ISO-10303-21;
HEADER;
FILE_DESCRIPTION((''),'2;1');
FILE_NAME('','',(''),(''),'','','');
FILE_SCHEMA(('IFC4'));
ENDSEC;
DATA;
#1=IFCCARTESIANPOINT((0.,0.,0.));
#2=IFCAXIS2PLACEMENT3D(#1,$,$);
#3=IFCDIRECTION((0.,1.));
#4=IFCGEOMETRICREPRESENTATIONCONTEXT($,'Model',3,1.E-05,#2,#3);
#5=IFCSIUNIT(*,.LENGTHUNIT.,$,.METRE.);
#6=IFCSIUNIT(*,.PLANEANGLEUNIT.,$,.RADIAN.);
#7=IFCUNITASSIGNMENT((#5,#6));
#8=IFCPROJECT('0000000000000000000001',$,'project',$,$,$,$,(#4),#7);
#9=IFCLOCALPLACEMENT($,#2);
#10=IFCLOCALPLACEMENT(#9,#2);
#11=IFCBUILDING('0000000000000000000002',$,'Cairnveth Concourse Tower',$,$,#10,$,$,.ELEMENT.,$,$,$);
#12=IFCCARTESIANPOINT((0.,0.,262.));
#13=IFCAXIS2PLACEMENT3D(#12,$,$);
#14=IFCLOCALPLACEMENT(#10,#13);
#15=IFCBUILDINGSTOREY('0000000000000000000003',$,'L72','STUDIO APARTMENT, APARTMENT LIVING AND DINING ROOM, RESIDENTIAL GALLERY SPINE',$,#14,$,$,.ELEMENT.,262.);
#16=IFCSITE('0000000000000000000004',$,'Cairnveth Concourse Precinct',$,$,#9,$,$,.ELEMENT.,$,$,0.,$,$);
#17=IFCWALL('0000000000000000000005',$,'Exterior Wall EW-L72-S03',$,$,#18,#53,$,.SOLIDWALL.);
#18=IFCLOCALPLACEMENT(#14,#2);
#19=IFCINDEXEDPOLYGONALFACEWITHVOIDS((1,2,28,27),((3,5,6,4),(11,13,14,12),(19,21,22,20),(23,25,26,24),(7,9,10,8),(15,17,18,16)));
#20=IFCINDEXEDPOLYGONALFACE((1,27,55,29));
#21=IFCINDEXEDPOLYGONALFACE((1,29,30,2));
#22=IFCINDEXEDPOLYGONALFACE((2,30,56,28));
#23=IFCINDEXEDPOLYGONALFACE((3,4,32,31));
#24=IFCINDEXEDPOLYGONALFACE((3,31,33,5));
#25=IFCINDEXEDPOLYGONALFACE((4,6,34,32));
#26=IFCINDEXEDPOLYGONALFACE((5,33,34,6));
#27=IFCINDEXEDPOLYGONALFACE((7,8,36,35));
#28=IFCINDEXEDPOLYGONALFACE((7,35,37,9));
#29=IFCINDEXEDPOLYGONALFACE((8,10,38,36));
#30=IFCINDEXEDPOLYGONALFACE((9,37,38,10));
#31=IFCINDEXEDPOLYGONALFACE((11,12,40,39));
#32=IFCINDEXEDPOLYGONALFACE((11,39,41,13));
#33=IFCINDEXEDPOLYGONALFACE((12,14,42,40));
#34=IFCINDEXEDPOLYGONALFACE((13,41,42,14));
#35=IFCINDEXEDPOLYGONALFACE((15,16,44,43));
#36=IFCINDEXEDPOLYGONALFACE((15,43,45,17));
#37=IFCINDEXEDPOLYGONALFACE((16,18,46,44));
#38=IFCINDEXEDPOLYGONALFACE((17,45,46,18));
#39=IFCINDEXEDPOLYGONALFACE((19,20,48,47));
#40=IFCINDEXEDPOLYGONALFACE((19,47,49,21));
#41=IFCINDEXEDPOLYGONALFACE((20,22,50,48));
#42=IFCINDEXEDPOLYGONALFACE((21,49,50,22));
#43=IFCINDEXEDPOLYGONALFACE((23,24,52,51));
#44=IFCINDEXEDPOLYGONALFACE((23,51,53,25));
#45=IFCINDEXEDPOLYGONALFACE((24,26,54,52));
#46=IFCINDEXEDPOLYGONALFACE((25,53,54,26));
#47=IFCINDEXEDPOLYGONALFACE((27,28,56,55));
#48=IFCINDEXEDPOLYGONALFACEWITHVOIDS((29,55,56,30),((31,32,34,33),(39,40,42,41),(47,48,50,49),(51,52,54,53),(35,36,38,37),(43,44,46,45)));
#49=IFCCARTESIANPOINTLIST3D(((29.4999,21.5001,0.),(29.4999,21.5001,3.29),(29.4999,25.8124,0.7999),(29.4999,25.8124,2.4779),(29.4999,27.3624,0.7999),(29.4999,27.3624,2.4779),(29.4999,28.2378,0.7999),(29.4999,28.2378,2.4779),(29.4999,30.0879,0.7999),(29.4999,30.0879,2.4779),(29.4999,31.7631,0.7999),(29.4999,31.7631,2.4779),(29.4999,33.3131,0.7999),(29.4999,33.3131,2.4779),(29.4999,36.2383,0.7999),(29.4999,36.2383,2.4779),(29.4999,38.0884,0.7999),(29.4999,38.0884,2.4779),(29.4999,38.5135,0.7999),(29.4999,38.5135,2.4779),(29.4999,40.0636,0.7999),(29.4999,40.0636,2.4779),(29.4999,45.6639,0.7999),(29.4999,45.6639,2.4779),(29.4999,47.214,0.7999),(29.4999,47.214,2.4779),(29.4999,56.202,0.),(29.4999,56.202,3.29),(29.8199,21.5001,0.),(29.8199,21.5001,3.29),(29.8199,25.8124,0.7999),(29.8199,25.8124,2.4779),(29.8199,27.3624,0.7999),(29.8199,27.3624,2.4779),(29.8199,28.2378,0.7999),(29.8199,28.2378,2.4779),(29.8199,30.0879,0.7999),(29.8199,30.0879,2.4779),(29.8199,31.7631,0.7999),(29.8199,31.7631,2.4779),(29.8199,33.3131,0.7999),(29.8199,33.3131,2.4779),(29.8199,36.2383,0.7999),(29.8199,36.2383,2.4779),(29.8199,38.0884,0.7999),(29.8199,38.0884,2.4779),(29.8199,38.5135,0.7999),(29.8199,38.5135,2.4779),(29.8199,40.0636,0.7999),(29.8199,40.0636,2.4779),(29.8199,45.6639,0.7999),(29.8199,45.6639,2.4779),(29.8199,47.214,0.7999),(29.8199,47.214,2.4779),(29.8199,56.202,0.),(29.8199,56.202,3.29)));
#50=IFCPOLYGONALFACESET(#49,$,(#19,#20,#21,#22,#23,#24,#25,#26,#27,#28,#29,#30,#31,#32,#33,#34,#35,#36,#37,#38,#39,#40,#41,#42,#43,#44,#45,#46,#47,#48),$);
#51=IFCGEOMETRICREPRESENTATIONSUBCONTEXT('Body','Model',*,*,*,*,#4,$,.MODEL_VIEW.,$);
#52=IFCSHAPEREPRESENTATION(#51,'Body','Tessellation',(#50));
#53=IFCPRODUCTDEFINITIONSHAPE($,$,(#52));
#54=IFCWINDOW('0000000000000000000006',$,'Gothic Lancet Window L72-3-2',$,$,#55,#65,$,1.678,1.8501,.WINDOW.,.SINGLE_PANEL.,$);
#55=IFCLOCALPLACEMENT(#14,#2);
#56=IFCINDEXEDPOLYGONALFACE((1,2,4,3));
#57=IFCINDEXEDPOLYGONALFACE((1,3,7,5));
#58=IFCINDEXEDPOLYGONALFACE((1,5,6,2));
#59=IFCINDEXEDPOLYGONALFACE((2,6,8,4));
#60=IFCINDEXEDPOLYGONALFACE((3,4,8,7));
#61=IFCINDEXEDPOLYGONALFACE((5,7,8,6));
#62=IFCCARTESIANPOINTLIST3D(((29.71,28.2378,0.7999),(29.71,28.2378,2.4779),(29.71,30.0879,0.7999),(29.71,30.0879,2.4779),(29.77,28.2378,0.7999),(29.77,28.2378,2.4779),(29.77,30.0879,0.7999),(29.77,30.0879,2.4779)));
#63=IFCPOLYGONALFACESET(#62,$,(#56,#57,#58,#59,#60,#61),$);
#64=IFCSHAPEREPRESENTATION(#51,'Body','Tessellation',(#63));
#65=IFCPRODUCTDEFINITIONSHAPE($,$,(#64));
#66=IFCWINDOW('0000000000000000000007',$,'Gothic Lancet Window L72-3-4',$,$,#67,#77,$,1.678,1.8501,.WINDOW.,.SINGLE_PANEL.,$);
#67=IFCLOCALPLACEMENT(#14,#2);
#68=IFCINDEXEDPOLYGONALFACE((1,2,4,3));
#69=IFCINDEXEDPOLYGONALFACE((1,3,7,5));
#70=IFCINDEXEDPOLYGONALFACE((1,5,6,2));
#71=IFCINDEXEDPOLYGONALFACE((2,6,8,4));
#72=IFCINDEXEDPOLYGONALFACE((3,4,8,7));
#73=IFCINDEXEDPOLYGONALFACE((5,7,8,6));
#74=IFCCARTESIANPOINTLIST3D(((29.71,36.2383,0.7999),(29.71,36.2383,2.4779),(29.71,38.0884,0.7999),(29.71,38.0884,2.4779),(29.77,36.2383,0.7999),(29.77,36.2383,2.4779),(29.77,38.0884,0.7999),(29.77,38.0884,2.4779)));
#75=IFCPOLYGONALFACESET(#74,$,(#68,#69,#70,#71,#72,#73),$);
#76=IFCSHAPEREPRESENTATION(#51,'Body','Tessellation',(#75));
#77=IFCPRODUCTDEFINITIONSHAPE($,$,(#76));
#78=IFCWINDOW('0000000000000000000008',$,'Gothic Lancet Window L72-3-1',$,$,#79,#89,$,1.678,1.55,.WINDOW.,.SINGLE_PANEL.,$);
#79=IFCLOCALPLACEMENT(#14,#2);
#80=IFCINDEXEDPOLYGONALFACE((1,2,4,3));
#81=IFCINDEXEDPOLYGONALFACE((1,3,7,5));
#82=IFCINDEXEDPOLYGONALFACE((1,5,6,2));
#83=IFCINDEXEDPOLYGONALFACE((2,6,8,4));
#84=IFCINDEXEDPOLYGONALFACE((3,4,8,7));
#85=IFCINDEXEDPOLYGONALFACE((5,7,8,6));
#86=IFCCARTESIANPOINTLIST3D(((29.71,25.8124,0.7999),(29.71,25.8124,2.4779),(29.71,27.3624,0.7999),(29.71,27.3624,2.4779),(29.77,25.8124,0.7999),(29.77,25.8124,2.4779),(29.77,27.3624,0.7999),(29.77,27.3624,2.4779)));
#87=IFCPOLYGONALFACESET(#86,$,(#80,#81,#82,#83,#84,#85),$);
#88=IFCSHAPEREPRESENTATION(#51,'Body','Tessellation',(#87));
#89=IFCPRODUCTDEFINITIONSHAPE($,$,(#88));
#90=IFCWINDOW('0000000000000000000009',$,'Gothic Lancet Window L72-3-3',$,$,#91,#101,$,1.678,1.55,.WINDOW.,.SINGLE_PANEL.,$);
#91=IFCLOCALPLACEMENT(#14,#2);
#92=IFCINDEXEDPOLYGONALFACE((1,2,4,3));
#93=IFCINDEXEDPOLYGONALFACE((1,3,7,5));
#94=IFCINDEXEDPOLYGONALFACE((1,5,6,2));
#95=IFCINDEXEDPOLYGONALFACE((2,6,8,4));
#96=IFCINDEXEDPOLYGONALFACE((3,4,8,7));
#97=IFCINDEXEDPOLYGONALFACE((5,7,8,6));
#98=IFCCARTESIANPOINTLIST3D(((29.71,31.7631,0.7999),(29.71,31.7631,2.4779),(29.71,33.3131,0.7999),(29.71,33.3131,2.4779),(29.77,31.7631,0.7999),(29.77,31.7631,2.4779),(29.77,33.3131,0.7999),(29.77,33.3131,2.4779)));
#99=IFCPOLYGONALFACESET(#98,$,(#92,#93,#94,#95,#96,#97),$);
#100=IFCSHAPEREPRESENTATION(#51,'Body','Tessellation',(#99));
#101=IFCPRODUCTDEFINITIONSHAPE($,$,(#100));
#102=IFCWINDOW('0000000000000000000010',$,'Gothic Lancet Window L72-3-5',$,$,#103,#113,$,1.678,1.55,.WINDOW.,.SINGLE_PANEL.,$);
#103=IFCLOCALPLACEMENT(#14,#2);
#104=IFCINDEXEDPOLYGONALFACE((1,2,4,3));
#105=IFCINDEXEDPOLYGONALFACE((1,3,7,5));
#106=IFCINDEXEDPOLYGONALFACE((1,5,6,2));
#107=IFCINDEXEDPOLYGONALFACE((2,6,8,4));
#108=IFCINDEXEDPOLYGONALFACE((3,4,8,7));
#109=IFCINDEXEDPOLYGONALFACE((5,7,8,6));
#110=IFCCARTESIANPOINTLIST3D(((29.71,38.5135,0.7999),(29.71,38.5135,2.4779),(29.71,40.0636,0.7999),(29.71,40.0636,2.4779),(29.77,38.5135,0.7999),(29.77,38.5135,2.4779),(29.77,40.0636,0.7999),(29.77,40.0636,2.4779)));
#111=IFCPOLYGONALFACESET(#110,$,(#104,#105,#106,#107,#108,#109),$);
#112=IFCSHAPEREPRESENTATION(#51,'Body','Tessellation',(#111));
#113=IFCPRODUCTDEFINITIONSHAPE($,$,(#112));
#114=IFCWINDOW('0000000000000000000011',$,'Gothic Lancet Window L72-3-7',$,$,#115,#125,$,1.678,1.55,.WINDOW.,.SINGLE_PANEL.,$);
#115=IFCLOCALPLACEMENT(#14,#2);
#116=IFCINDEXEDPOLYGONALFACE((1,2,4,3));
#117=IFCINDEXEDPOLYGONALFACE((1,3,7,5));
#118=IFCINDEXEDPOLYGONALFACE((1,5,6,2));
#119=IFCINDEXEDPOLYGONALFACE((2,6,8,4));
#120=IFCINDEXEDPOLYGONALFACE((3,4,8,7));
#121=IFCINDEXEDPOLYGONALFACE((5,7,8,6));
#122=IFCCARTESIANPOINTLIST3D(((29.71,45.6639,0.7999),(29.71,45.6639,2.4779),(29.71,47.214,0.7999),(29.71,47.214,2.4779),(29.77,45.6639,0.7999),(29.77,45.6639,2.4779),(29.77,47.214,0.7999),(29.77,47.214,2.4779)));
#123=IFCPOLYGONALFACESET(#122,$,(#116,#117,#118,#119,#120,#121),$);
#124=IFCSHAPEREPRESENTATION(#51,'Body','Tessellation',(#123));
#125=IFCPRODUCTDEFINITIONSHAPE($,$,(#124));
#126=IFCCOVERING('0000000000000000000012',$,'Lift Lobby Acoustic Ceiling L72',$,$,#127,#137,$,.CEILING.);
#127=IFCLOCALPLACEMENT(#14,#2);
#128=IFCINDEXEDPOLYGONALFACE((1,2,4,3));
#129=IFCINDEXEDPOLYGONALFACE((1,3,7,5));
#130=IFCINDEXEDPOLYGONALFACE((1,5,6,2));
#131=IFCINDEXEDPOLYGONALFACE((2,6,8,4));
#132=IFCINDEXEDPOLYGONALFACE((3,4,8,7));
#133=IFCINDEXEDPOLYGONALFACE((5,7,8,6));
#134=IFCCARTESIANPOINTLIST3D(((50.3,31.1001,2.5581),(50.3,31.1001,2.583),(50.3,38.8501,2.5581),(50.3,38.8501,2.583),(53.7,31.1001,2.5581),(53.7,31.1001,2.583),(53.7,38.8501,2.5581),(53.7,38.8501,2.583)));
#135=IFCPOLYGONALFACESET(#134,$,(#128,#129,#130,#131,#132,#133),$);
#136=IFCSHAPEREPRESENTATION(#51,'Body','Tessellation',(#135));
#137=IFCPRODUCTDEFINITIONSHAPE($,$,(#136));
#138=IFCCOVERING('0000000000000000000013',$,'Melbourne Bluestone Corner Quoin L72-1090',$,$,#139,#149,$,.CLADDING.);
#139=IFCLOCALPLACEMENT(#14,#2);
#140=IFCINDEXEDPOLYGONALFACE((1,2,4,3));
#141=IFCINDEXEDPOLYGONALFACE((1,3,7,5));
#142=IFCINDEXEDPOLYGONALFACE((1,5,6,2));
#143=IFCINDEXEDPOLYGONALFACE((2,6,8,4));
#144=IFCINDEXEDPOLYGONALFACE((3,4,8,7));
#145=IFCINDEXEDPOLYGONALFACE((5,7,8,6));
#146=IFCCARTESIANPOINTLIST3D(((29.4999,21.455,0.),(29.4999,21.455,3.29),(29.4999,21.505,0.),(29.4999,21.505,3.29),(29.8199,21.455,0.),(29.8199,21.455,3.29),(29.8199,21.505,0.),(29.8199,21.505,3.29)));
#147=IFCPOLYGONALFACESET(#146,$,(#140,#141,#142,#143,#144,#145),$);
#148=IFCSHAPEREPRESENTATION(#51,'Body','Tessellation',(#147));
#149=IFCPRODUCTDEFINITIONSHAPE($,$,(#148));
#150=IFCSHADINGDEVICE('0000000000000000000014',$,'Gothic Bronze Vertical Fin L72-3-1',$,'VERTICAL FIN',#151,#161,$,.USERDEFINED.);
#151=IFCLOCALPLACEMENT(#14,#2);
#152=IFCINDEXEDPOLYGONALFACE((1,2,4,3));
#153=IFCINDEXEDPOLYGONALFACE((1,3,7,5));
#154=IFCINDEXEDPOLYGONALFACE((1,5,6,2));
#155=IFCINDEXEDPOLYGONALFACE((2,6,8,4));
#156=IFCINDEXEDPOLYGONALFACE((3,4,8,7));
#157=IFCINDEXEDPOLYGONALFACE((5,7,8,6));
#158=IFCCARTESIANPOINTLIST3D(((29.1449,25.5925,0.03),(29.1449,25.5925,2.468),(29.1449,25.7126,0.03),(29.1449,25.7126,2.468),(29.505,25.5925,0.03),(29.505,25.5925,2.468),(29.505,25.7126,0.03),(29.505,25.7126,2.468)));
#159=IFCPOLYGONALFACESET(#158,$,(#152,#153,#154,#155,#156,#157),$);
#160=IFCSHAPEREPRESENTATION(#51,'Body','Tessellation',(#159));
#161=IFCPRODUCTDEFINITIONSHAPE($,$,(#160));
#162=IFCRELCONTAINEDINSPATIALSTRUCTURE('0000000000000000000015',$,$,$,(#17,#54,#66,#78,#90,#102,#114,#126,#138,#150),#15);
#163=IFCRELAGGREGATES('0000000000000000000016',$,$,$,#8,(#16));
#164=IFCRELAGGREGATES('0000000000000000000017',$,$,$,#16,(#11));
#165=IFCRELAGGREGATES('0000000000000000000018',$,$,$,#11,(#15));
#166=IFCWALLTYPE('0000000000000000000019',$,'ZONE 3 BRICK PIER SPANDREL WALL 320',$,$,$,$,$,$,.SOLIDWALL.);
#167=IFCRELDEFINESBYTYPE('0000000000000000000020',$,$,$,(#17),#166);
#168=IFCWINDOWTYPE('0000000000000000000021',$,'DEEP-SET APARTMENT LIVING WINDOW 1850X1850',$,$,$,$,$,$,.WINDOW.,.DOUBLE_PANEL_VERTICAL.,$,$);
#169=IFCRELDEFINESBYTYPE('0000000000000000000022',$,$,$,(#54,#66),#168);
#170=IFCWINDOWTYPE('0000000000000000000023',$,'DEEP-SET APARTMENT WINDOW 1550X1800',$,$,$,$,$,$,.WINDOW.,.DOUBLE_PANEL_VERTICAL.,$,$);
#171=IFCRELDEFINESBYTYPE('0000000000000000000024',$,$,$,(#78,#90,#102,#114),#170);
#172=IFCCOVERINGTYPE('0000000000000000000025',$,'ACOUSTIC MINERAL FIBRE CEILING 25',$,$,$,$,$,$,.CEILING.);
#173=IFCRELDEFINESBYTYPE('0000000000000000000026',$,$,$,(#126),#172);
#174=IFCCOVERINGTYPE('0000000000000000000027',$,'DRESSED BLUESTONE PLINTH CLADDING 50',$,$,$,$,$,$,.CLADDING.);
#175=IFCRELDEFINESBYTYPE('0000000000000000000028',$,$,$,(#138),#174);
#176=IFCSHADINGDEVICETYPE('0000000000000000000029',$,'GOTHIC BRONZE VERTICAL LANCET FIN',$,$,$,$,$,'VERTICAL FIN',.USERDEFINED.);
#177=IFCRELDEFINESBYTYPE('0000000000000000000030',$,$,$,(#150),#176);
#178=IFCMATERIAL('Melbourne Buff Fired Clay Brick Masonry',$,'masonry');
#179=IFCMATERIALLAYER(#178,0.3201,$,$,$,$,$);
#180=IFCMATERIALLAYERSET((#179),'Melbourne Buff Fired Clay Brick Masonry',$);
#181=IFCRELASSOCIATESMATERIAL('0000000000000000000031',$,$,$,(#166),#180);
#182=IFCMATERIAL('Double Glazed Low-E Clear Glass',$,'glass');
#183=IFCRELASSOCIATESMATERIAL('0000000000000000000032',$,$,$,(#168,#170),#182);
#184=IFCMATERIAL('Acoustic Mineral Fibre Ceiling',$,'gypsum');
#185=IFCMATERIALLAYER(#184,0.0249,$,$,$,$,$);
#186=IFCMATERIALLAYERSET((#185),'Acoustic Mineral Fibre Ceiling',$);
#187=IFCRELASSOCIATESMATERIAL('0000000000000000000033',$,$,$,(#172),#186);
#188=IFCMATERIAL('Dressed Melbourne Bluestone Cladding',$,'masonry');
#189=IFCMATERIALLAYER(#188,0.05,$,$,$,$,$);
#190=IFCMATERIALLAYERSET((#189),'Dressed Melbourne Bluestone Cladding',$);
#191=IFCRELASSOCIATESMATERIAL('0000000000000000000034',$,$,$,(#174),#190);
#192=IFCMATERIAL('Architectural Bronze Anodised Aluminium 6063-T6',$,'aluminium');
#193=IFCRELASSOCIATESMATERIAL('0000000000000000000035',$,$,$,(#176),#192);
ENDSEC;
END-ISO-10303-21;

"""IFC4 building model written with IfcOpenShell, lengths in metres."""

from ifc_helpers import new_model, si_unit, direction, frame, frame_2d, origin, origin_2d, place, context, subcontext, project, spatial, polyline, rectangle, outline, extrude, material, layer, layer_set, type_object, element, fill, save


model = new_model("IFC4")

# Units and contexts
model_context = context("Model", 3, precision=1e-05, world=origin(), true_north=direction((0.0, 1.0)))
body_context = subcontext(model_context, "Body", "Model", "MODEL_VIEW")
ifc_project = project(units=[si_unit("LENGTHUNIT", "METRE"), si_unit("PLANEANGLEUNIT", "RADIAN")], contexts=[model_context])

# Site, building, storey
site_placement = place(None, origin())
site = spatial("IfcSite", under=ifc_project, at=site_placement, Name="Cairnveth Concourse Precinct", CompositionType="ELEMENT", RefElevation=0.0)
building_placement = place(site_placement, origin())
building = spatial("IfcBuilding", under=site, at=building_placement, Name="Cairnveth Concourse Tower", CompositionType="ELEMENT")
storey_placement = place(building_placement, frame((0.0, 0.0, 262.0)))
storey = spatial("IfcBuildingStorey", under=building, at=storey_placement, Name="L72", Description="STUDIO APARTMENT, APARTMENT LIVING AND DINING ROOM, RESIDENTIAL GALLERY SPINE", CompositionType="ELEMENT", Elevation=262.0)

# Wall, openings, windows
ifc_material_1 = material(Name="Melbourne Buff Fired Clay Brick Masonry", Category="masonry")
ifc_layer_1 = layer(ifc_material_1, 0.3201)
ifc_layer_set_1 = layer_set([ifc_layer_1], Name="Melbourne Buff Fired Clay Brick Masonry")
wall_type_1 = type_object("IfcWallType", Name="ZONE 3 BRICK PIER SPANDREL WALL 320", PredefinedType="SOLIDWALL", material=ifc_layer_set_1)
wall_1_placement = place(storey_placement, frame((29.6599, 21.5, 0.0), z_axis=(0.0, 0.0, 1.0), x_axis=(0.0, 1.0, 0.0)))
wall_1 = element("IfcWall", 1, at=wall_1_placement, inside=storey, type_object=wall_type_1, Name="Exterior Wall EW-L72-S03", PredefinedType="SOLIDWALL", context=body_context, shape_type="SweptSolid", body=[
    extrude(rectangle(XDim=34.7019, YDim=0.3201, at=frame_2d((17.3511, 0.0))), origin(), (0.0, 0.0, 1.0), 3.29),
])
opening_1_placement = place(wall_1_placement, frame((4.3125, 0.0, 0.8)))
opening_1 = element("IfcOpeningElement", 2, at=opening_1_placement, cuts=wall_1, PredefinedType="OPENING", context=body_context, shape_type="SweptSolid", body=[
    extrude(rectangle(XDim=1.55, YDim=1.678, at=frame_2d((0.7749, 0.8389))), frame((0.0, 0.1699, 0.0), z_axis=(0.0, -1.0, 0.0), x_axis=(1.0, 0.0, 0.0)), (0.0, 0.0, 1.0), 0.3401),
])
opening_2_placement = place(wall_1_placement, frame((6.7378, 0.0, 0.8)))
opening_2 = element("IfcOpeningElement", 3, at=opening_2_placement, cuts=wall_1, PredefinedType="OPENING", context=body_context, shape_type="SweptSolid", body=[
    extrude(rectangle(XDim=1.8501, YDim=1.678, at=frame_2d((0.925, 0.8389))), frame((0.0, 0.1699, 0.0), z_axis=(0.0, -1.0, 0.0), x_axis=(1.0, 0.0, 0.0)), (0.0, 0.0, 1.0), 0.3401),
])
opening_3_placement = place(wall_1_placement, frame((10.2632, 0.0, 0.8)))
opening_3 = element("IfcOpeningElement", 4, at=opening_3_placement, cuts=wall_1, PredefinedType="OPENING", context=body_context, shape_type="SweptSolid", body=[
    extrude(rectangle(XDim=1.55, YDim=1.678, at=frame_2d((0.7749, 0.8389))), frame((0.0, 0.1699, 0.0), z_axis=(0.0, -1.0, 0.0), x_axis=(1.0, 0.0, 0.0)), (0.0, 0.0, 1.0), 0.3401),
])
opening_4_placement = place(wall_1_placement, frame((14.7383, 0.0, 0.8)))
opening_4 = element("IfcOpeningElement", 5, at=opening_4_placement, cuts=wall_1, PredefinedType="OPENING", context=body_context, shape_type="SweptSolid", body=[
    extrude(rectangle(XDim=1.8501, YDim=1.678, at=frame_2d((0.925, 0.8389))), frame((0.0, 0.1699, 0.0), z_axis=(0.0, -1.0, 0.0), x_axis=(1.0, 0.0, 0.0)), (0.0, 0.0, 1.0), 0.3401),
])
opening_5_placement = place(wall_1_placement, frame((17.0137, 0.0, 0.8)))
opening_5 = element("IfcOpeningElement", 6, at=opening_5_placement, cuts=wall_1, PredefinedType="OPENING", context=body_context, shape_type="SweptSolid", body=[
    extrude(rectangle(XDim=1.55, YDim=1.678, at=frame_2d((0.7749, 0.8389))), frame((0.0, 0.1699, 0.0), z_axis=(0.0, -1.0, 0.0), x_axis=(1.0, 0.0, 0.0)), (0.0, 0.0, 1.0), 0.3401),
])
opening_6_placement = place(wall_1_placement, frame((24.1641, 0.0, 0.8)))
opening_6 = element("IfcOpeningElement", 7, at=opening_6_placement, cuts=wall_1, PredefinedType="OPENING", context=body_context, shape_type="SweptSolid", body=[
    extrude(rectangle(XDim=1.55, YDim=1.678, at=frame_2d((0.7749, 0.8389))), frame((0.0, 0.1699, 0.0), z_axis=(0.0, -1.0, 0.0), x_axis=(1.0, 0.0, 0.0)), (0.0, 0.0, 1.0), 0.3401),
])
ifc_material_2 = material(Name="Double Glazed Low-E Clear Glass", Category="glass")
window_type_1 = type_object("IfcWindowType", Name="DEEP-SET APARTMENT LIVING WINDOW 1850X1850", PartitioningType="DOUBLE_PANEL_VERTICAL", PredefinedType="WINDOW", material=ifc_material_2)
window_1_placement = place(opening_2_placement, origin())
window_1 = element("IfcWindow", 8, at=window_1_placement, inside=storey, type_object=window_type_1, Name="Gothic Lancet Window L72-3-2", OverallHeight=1.678, OverallWidth=1.8501, PartitioningType="SINGLE_PANEL", PredefinedType="WINDOW", context=body_context, shape_type="SweptSolid", body=[
    extrude(rectangle(XDim=1.8501, YDim=1.678, at=frame_2d((0.925, 0.8389))), frame((0.0, -0.05, 0.0), z_axis=(0.0, -1.0, 0.0), x_axis=(1.0, 0.0, 0.0)), (0.0, 0.0, 1.0), 0.0601),
])
fill(opening_2, window_1)
window_2_placement = place(opening_4_placement, origin())
window_2 = element("IfcWindow", 9, at=window_2_placement, inside=storey, type_object=window_type_1, Name="Gothic Lancet Window L72-3-4", OverallHeight=1.678, OverallWidth=1.8501, PartitioningType="SINGLE_PANEL", PredefinedType="WINDOW", context=body_context, shape_type="SweptSolid", body=[
    extrude(rectangle(XDim=1.8501, YDim=1.678, at=frame_2d((0.925, 0.8389))), frame((0.0, -0.05, 0.0), z_axis=(0.0, -1.0, 0.0), x_axis=(1.0, 0.0, 0.0)), (0.0, 0.0, 1.0), 0.0601),
])
fill(opening_4, window_2)
window_type_2 = type_object("IfcWindowType", Name="DEEP-SET APARTMENT WINDOW 1550X1800", PartitioningType="DOUBLE_PANEL_VERTICAL", PredefinedType="WINDOW", material=ifc_material_2)
window_3_placement = place(opening_1_placement, origin())
window_3 = element("IfcWindow", 10, at=window_3_placement, inside=storey, type_object=window_type_2, Name="Gothic Lancet Window L72-3-1", OverallHeight=1.678, OverallWidth=1.55, PartitioningType="SINGLE_PANEL", PredefinedType="WINDOW", context=body_context, shape_type="SweptSolid", body=[
    extrude(rectangle(XDim=1.55, YDim=1.678, at=frame_2d((0.7749, 0.8389))), frame((0.0, -0.05, 0.0), z_axis=(0.0, -1.0, 0.0), x_axis=(1.0, 0.0, 0.0)), (0.0, 0.0, 1.0), 0.0601),
])
fill(opening_1, window_3)
window_4_placement = place(opening_3_placement, origin())
window_4 = element("IfcWindow", 11, at=window_4_placement, inside=storey, type_object=window_type_2, Name="Gothic Lancet Window L72-3-3", OverallHeight=1.678, OverallWidth=1.55, PartitioningType="SINGLE_PANEL", PredefinedType="WINDOW", context=body_context, shape_type="SweptSolid", body=[
    extrude(rectangle(XDim=1.55, YDim=1.678, at=frame_2d((0.7749, 0.8389))), frame((0.0, -0.05, 0.0), z_axis=(0.0, -1.0, 0.0), x_axis=(1.0, 0.0, 0.0)), (0.0, 0.0, 1.0), 0.0601),
])
fill(opening_3, window_4)
window_5_placement = place(opening_5_placement, origin())
window_5 = element("IfcWindow", 12, at=window_5_placement, inside=storey, type_object=window_type_2, Name="Gothic Lancet Window L72-3-5", OverallHeight=1.678, OverallWidth=1.55, PartitioningType="SINGLE_PANEL", PredefinedType="WINDOW", context=body_context, shape_type="SweptSolid", body=[
    extrude(rectangle(XDim=1.55, YDim=1.678, at=frame_2d((0.7749, 0.8389))), frame((0.0, -0.05, 0.0), z_axis=(0.0, -1.0, 0.0), x_axis=(1.0, 0.0, 0.0)), (0.0, 0.0, 1.0), 0.0601),
])
fill(opening_5, window_5)
window_6_placement = place(opening_6_placement, origin())
window_6 = element("IfcWindow", 13, at=window_6_placement, inside=storey, type_object=window_type_2, Name="Gothic Lancet Window L72-3-7", OverallHeight=1.678, OverallWidth=1.55, PartitioningType="SINGLE_PANEL", PredefinedType="WINDOW", context=body_context, shape_type="SweptSolid", body=[
    extrude(rectangle(XDim=1.55, YDim=1.678, at=frame_2d((0.7749, 0.8389))), frame((0.0, -0.05, 0.0), z_axis=(0.0, -1.0, 0.0), x_axis=(1.0, 0.0, 0.0)), (0.0, 0.0, 1.0), 0.0601),
])
fill(opening_6, window_6)

# Coverings
ifc_material_3 = material(Name="Acoustic Mineral Fibre Ceiling", Category="gypsum")
ifc_layer_2 = layer(ifc_material_3, 0.0249)
ifc_layer_set_2 = layer_set([ifc_layer_2], Name="Acoustic Mineral Fibre Ceiling")
covering_type_1 = type_object("IfcCoveringType", Name="ACOUSTIC MINERAL FIBRE CEILING 25", PredefinedType="CEILING", material=ifc_layer_set_2)
covering_1_placement = place(storey_placement, frame((0.0, 0.0, 2.5581)))
element("IfcCovering", 14, at=covering_1_placement, inside=storey, type_object=covering_type_1, Name="Lift Lobby Acoustic Ceiling L72", PredefinedType="CEILING", context=body_context, shape_type="SweptSolid", body=[
    extrude(outline(polyline([(50.3, 31.1001), (53.7, 31.1001), (53.7, 38.8501), (50.3, 38.8501), (50.3, 31.1001)])), origin(), (0.0, 0.0, 1.0), 0.0249),
])
ifc_material_4 = material(Name="Dressed Melbourne Bluestone Cladding", Category="masonry")
ifc_layer_3 = layer(ifc_material_4, 0.05)
ifc_layer_set_3 = layer_set([ifc_layer_3], Name="Dressed Melbourne Bluestone Cladding")
covering_type_2 = type_object("IfcCoveringType", Name="DRESSED BLUESTONE PLINTH CLADDING 50", PredefinedType="CLADDING", material=ifc_layer_set_3)
covering_2_placement = place(storey_placement, frame((29.8201, 21.48, 0.0), z_axis=(0.0, 0.0, 1.0), x_axis=(-1.0, 0.0, 0.0)))
element("IfcCovering", 15, at=covering_2_placement, inside=storey, type_object=covering_type_2, Name="Melbourne Bluestone Corner Quoin L72-1090", PredefinedType="CLADDING", context=body_context, shape_type="SweptSolid", body=[
    extrude(rectangle(XDim=0.3201, YDim=0.05, at=frame_2d((0.1602, 0.0))), origin(), (0.0, 0.0, 1.0), 3.29),
])

# Shading device
ifc_material_5 = material(Name="Architectural Bronze Anodised Aluminium 6063-T6", Category="aluminium")
shading_device_type_1 = type_object("IfcShadingDeviceType", Name="GOTHIC BRONZE VERTICAL LANCET FIN", ElementType="VERTICAL FIN", PredefinedType="USERDEFINED", material=ifc_material_5)
for number, where, z_axis, x_axis, name in (
    (16, (29.325, 25.6526, 0.03), (0.0, 0.0, 1.0), (0.0, 1.0, 0.0), "Gothic Bronze Vertical Fin L72-3-1"),
):
    element("IfcShadingDevice", number, at=place(storey_placement, frame(where, z_axis=z_axis, x_axis=x_axis)), inside=storey, type_object=shading_device_type_1, Name=name, ObjectType="VERTICAL FIN", PredefinedType="USERDEFINED", context=body_context, shape_type="SweptSolid", body=[
        extrude(rectangle(XDim=0.1201, YDim=0.3601, at=origin_2d()), origin(), (0.0, 0.0, 1.0), 2.438),
    ])

save(model, "model.ifc")
